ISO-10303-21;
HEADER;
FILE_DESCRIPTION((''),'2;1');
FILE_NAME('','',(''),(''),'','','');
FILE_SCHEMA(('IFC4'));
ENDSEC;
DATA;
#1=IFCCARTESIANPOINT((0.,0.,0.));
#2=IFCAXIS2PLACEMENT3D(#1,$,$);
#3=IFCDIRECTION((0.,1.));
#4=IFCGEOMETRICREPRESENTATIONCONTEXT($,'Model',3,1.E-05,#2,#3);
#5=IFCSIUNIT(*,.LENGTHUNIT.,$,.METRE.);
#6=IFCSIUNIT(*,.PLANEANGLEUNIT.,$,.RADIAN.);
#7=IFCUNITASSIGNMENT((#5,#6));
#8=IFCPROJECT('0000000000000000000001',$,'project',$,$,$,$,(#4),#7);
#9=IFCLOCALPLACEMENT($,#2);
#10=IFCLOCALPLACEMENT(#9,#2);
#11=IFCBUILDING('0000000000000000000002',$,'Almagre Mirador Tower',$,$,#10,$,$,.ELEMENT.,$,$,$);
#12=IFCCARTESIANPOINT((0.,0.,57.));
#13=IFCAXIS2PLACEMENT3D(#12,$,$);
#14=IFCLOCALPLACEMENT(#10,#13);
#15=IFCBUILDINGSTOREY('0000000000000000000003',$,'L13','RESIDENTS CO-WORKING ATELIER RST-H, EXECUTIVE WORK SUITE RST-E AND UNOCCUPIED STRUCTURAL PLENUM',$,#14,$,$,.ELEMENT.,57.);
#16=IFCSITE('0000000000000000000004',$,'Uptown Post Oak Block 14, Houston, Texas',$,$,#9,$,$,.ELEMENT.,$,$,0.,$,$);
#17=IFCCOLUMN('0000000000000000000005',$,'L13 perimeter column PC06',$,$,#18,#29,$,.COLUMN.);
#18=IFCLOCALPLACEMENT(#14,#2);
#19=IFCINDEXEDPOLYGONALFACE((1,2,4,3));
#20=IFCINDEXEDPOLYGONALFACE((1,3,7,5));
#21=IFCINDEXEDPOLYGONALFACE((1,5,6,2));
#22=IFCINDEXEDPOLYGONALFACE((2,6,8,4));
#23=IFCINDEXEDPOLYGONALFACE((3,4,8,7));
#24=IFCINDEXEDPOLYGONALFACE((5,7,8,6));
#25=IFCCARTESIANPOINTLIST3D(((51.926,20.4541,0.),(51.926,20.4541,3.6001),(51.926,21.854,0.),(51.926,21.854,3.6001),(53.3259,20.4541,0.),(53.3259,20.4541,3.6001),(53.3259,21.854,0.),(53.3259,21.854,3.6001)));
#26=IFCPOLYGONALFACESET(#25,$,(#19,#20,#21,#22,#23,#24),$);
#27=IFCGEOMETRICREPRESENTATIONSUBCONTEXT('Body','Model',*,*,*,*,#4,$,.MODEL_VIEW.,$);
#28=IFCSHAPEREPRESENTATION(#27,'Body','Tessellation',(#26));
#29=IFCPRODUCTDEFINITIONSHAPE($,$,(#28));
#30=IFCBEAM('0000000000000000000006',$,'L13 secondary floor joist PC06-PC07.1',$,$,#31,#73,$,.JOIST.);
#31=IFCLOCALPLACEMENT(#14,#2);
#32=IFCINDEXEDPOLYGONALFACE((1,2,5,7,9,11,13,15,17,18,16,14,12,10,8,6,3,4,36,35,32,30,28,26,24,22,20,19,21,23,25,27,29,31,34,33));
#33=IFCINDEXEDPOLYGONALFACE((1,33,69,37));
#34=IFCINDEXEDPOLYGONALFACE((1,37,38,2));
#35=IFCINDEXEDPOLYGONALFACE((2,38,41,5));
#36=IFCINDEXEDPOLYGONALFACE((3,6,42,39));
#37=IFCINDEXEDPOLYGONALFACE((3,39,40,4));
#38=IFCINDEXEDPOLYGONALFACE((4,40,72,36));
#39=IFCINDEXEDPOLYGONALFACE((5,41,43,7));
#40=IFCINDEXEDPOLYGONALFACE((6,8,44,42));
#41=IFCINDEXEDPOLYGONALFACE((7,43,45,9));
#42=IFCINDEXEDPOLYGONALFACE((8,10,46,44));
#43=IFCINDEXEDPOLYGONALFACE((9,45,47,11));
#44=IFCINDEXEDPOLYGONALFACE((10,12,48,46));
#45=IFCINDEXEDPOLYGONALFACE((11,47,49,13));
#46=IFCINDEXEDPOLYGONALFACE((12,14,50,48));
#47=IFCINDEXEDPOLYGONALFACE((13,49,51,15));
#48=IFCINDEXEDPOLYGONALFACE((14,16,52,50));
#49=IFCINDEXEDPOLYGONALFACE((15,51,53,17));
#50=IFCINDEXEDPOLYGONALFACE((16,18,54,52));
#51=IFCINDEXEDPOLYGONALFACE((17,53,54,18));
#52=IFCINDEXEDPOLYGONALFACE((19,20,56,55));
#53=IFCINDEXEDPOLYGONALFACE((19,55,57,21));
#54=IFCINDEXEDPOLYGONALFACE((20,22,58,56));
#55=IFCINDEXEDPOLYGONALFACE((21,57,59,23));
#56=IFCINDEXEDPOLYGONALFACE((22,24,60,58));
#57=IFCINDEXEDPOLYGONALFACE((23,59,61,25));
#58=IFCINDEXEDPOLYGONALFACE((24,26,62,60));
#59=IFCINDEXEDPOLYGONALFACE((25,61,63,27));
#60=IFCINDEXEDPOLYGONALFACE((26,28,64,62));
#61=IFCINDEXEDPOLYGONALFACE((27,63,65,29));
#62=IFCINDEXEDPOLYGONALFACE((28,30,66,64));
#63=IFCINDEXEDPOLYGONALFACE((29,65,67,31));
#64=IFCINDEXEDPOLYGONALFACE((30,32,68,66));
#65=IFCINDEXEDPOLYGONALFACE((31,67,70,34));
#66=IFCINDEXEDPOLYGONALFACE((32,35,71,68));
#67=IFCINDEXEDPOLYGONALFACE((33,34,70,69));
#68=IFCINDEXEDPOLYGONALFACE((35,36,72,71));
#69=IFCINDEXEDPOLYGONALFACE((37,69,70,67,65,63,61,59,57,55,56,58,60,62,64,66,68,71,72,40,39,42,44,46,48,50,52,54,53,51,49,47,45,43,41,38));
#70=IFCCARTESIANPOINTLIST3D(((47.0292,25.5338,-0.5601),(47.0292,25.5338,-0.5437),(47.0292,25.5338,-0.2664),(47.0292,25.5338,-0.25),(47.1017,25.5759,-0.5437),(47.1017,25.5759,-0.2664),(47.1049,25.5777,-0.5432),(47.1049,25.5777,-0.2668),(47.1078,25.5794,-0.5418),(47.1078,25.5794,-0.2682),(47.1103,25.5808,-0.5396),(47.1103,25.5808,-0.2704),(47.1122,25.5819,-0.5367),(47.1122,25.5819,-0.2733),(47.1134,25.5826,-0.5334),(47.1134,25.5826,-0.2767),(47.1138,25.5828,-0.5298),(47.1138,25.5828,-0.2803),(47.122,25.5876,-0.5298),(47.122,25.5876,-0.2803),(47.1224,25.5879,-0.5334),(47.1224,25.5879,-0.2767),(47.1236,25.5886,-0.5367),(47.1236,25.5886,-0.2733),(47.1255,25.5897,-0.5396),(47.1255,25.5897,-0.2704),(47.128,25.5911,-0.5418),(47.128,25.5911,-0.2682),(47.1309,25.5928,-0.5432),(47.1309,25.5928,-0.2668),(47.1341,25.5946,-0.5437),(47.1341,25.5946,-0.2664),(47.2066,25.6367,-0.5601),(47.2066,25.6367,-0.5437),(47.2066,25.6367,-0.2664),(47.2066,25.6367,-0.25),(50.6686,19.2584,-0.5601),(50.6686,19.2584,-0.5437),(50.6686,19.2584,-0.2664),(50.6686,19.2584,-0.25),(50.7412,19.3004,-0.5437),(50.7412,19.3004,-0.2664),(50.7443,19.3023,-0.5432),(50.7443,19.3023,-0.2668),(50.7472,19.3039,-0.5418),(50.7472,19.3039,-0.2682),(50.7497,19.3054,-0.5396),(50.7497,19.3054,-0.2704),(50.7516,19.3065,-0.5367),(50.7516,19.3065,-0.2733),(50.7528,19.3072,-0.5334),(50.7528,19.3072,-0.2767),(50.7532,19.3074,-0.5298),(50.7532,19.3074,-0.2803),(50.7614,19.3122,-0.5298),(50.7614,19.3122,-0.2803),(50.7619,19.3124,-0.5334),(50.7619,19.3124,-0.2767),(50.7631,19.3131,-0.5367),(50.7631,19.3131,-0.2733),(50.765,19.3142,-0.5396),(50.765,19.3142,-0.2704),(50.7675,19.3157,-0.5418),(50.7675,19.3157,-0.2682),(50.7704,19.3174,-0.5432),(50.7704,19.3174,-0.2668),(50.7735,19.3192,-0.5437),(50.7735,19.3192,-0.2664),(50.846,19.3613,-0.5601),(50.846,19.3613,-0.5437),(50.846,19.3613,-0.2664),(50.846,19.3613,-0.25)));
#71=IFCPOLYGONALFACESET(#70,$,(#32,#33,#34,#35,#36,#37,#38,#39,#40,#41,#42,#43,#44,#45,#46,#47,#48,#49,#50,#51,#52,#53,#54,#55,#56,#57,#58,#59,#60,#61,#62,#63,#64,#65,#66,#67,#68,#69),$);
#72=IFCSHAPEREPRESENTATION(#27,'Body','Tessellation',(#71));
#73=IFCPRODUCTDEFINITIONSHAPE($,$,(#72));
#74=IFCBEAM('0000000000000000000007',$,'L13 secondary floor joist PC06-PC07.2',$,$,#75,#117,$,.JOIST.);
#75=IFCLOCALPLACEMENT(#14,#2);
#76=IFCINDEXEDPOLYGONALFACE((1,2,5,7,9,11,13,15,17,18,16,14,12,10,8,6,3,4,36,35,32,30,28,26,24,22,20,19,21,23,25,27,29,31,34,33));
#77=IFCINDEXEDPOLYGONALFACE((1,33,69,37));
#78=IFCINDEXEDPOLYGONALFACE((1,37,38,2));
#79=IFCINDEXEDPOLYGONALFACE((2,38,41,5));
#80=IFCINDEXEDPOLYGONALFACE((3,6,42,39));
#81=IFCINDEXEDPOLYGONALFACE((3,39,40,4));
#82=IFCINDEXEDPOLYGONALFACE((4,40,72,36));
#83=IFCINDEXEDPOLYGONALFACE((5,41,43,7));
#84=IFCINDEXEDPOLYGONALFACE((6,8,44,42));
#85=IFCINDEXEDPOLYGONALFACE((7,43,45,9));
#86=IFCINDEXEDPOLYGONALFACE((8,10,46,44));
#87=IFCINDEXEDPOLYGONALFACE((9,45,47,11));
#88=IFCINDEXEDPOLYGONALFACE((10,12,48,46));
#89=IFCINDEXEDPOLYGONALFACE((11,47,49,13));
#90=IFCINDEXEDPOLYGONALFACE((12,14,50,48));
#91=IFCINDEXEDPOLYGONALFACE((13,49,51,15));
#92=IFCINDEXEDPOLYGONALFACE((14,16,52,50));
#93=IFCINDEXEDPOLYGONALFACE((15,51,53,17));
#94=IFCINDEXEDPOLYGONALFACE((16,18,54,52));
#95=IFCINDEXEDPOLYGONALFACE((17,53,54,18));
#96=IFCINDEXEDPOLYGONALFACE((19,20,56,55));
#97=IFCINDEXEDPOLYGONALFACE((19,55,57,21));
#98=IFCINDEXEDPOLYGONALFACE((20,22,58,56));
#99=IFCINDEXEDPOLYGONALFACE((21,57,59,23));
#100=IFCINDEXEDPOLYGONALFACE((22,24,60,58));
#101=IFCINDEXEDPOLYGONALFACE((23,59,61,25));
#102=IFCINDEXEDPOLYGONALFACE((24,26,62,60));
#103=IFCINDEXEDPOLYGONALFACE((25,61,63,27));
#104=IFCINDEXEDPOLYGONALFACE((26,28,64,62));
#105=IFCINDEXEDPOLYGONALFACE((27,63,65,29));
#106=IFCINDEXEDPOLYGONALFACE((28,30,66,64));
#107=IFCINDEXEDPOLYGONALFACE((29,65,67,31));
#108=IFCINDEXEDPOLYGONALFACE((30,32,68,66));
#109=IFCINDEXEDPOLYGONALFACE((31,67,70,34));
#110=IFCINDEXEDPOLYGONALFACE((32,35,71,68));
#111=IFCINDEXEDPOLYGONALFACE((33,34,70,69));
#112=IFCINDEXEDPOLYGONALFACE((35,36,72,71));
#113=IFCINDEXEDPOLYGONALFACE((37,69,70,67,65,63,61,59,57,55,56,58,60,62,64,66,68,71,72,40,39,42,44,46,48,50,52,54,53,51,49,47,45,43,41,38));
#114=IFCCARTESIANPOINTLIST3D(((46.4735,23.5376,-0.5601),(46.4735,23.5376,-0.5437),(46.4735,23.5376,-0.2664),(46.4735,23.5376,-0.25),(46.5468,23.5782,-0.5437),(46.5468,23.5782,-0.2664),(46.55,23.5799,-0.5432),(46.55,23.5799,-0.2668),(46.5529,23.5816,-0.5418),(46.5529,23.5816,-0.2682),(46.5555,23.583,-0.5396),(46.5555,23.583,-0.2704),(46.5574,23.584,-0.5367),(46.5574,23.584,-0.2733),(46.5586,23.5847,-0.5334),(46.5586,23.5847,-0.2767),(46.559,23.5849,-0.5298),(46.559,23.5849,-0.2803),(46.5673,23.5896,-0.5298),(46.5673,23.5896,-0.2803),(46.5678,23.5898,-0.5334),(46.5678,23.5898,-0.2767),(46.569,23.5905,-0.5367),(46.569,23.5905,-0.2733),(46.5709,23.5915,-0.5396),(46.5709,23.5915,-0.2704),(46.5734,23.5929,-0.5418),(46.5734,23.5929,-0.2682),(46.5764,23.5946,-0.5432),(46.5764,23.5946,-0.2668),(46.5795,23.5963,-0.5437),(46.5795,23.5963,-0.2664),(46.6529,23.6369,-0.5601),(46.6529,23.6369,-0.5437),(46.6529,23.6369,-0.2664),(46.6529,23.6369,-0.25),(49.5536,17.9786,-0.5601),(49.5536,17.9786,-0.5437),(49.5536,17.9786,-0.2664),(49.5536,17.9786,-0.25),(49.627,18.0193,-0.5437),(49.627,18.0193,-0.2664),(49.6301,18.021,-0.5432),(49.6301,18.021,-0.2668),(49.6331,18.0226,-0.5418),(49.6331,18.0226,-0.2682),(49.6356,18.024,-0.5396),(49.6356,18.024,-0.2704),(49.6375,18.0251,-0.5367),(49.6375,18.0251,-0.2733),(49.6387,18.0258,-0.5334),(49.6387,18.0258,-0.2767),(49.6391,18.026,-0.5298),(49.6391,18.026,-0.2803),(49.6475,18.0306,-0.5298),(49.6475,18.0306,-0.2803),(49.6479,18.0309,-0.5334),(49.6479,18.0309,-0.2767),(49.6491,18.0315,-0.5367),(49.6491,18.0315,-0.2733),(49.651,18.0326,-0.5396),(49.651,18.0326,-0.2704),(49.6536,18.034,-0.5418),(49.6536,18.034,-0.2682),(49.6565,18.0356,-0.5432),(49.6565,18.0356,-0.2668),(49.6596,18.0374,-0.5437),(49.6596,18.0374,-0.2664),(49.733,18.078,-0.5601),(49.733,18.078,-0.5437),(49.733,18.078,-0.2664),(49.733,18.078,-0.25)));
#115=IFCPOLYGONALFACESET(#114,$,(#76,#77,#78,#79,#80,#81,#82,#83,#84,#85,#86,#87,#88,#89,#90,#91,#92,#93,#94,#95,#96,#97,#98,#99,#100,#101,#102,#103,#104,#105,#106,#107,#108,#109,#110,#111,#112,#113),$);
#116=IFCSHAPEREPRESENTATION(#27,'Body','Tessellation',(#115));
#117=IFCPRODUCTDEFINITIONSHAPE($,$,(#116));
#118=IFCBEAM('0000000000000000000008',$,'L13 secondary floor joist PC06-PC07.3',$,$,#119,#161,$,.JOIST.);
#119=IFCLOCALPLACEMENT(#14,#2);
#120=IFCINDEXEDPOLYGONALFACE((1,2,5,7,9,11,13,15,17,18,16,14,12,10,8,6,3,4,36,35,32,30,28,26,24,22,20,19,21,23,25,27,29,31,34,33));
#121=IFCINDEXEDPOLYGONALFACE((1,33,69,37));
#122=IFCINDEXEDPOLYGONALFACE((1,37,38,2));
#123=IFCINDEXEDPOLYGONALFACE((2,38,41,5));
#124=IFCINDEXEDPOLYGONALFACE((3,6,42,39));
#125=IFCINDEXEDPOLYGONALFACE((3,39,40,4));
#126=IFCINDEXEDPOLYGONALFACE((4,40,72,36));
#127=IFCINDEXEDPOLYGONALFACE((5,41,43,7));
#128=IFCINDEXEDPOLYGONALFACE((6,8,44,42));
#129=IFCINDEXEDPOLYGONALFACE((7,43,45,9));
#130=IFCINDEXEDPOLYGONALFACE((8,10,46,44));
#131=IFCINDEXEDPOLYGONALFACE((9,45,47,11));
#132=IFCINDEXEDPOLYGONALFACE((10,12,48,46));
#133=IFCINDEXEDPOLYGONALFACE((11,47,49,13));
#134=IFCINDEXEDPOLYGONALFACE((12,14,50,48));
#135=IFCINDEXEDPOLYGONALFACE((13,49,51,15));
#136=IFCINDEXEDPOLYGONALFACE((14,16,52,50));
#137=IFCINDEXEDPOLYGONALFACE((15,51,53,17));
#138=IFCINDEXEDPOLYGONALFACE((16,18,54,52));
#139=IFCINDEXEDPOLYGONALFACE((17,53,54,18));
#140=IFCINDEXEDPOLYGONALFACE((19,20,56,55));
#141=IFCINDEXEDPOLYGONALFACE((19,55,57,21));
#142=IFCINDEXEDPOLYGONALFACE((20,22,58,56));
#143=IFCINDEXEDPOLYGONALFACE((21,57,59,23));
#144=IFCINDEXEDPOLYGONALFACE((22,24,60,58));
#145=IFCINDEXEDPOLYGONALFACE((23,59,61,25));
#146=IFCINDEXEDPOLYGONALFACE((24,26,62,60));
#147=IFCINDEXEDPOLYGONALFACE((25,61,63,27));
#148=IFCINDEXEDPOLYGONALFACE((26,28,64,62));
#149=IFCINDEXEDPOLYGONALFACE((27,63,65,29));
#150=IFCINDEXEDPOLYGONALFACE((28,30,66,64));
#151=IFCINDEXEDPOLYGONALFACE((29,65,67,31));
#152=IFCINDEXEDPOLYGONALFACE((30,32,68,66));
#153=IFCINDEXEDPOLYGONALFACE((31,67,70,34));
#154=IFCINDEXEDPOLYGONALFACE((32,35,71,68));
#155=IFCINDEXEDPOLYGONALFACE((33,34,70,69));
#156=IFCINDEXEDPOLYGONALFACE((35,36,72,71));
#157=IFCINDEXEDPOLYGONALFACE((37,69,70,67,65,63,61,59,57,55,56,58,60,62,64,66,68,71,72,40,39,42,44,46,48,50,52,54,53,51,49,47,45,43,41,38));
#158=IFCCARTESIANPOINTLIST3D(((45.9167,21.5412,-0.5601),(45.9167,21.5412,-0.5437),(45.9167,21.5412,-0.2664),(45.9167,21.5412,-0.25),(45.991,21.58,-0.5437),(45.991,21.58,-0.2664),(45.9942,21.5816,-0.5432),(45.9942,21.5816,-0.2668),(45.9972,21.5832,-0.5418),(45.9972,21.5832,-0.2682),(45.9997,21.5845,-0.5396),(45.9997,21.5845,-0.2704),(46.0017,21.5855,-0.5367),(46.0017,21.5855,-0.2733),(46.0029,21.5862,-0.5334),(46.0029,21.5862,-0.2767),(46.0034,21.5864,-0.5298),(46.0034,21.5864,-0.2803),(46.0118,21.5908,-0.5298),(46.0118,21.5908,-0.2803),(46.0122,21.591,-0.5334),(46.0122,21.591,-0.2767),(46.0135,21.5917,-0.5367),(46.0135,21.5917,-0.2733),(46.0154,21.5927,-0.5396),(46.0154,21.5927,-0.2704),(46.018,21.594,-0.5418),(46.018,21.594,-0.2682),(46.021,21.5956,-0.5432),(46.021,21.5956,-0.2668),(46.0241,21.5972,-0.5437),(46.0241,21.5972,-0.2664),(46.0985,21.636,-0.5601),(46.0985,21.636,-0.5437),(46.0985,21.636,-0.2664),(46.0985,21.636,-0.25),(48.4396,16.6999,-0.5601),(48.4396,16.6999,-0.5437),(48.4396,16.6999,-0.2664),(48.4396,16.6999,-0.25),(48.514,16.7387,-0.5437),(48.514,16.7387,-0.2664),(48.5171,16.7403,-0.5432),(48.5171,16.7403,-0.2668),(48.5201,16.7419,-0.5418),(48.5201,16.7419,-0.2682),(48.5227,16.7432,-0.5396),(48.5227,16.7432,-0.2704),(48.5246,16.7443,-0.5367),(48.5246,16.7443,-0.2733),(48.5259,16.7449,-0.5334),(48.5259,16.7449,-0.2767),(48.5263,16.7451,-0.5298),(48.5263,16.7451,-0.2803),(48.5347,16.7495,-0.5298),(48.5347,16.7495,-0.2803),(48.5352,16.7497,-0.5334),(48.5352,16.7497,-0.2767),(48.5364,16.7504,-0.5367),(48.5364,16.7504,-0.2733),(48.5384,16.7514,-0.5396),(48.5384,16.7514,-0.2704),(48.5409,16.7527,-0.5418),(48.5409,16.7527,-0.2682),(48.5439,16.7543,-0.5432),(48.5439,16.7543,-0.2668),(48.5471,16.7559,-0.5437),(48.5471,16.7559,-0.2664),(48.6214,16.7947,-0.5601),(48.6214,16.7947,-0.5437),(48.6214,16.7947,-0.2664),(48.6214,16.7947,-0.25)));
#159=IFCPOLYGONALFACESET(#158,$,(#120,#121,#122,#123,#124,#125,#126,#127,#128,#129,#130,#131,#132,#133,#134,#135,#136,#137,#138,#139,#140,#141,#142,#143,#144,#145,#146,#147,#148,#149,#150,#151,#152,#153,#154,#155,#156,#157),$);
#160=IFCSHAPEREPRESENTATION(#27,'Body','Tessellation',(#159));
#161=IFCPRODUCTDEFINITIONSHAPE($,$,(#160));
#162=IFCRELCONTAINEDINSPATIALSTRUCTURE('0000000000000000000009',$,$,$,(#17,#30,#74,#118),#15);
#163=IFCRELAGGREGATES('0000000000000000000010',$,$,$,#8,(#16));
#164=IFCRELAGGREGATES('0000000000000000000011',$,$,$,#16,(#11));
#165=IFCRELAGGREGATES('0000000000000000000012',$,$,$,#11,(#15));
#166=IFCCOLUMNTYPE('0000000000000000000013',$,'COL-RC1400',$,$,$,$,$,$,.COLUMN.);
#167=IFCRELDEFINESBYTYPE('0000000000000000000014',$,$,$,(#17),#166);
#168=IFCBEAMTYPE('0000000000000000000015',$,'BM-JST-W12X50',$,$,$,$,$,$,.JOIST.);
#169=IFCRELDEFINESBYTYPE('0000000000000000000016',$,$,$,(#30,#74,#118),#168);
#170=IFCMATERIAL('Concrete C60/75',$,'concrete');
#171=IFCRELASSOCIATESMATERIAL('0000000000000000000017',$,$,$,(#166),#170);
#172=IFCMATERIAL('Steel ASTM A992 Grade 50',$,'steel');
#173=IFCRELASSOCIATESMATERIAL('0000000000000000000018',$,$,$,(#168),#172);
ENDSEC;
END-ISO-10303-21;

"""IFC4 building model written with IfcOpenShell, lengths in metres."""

from ifc_helpers import new_model, si_unit, direction, frame, origin, origin_2d, place, context, subcontext, project, spatial, rectangle, i_section, extrude, material, material_profile, profile_set, type_object, element, save


model = new_model("IFC4")

# Units and contexts
model_context = context("Model", 3, precision=1e-05, world=origin(), true_north=direction((0.0, 1.0)))
body_context = subcontext(model_context, "Body", "Model", "MODEL_VIEW")
ifc_project = project(units=[si_unit("LENGTHUNIT", "METRE"), si_unit("PLANEANGLEUNIT", "RADIAN")], contexts=[model_context])

# Site, building, storey
site_placement = place(None, origin())
site = spatial("IfcSite", under=ifc_project, at=site_placement, Name="Uptown Post Oak Block 14, Houston, Texas", CompositionType="ELEMENT", RefElevation=0.0)
building_placement = place(site_placement, origin())
building = spatial("IfcBuilding", under=site, at=building_placement, Name="Almagre Mirador Tower", CompositionType="ELEMENT")
storey_placement = place(building_placement, frame((0.0, 0.0, 57.0)))
storey = spatial("IfcBuildingStorey", under=building, at=storey_placement, Name="L13", Description="RESIDENTS CO-WORKING ATELIER RST-H, EXECUTIVE WORK SUITE RST-E AND UNOCCUPIED STRUCTURAL PLENUM", CompositionType="ELEMENT", Elevation=57.0)

# Column
ifc_material_1 = material(Name="Concrete C60/75", Category="concrete")
ifc_material_profile_1 = material_profile(ifc_material_1, rectangle(XDim=1.3999, YDim=1.3999, at=origin_2d()), Name="RC1400X1400")
ifc_profile_set_1 = profile_set([ifc_material_profile_1], Name="Concrete C60/75")
column_type = type_object("IfcColumnType", Name="COL-RC1400", PredefinedType="COLUMN", material=ifc_profile_set_1)
column_placement = place(storey_placement, frame((52.626, 21.1541, 0.0), z_axis=(0.0, 0.0, 1.0), x_axis=(1.0, 0.0, 0.0)))
element("IfcColumn", 1, at=column_placement, inside=storey, type_object=column_type, Name="L13 perimeter column PC06", PredefinedType="COLUMN", context=body_context, shape_type="SweptSolid", body=[
    extrude(rectangle(XDim=1.3999, YDim=1.3999, at=origin_2d()), origin(), (0.0, 0.0, 1.0), 3.6001),
])

# Beams
ifc_material_2 = material(Name="Steel ASTM A992 Grade 50", Category="steel")
ifc_material_profile_2 = material_profile(ifc_material_2, i_section(OverallWidth=0.2051, OverallDepth=0.3101, WebThickness=0.0095, FlangeThickness=0.0164, FilletRadius=0.0139, at=origin_2d()), Name="W12X50")
ifc_profile_set_2 = profile_set([ifc_material_profile_2], Name="Steel ASTM A992 Grade 50")
beam_type_1 = type_object("IfcBeamType", Name="BM-JST-W12X50", PredefinedType="JOIST", material=ifc_profile_set_2)
beam_1_placement = place(storey_placement, frame((50.7573, 19.3098, -0.405), z_axis=(-0.501685, 0.86505, 0.0), x_axis=(-0.86505, -0.501685, 0.0)))
element("IfcBeam", 2, at=beam_1_placement, inside=storey, type_object=beam_type_1, Name="L13 secondary floor joist PC06-PC07.1", PredefinedType="JOIST", context=body_context, shape_type="SweptSolid", body=[
    extrude(i_section(OverallWidth=0.2051, OverallDepth=0.3101, WebThickness=0.0095, FlangeThickness=0.0164, FilletRadius=0.0139, at=origin_2d()), origin(), (0.0, 0.0, 1.0), 7.2544),
])
beam_2_placement = place(storey_placement, frame((49.6433, 18.0283, -0.405), z_axis=(-0.484661, 0.874702, 0.0), x_axis=(-0.874702, -0.484661, 0.0)))
element("IfcBeam", 3, at=beam_2_placement, inside=storey, type_object=beam_type_1, Name="L13 secondary floor joist PC06-PC07.2", PredefinedType="JOIST", context=body_context, shape_type="SweptSolid", body=[
    extrude(i_section(OverallWidth=0.2051, OverallDepth=0.3101, WebThickness=0.0095, FlangeThickness=0.0164, FilletRadius=0.0139, at=origin_2d()), origin(), (0.0, 0.0, 1.0), 6.3552),
])
beam_3_placement = place(storey_placement, frame((48.5305, 16.7473, -0.405), z_axis=(-0.462141, 0.886806, 0.0), x_axis=(-0.886806, -0.462141, 0.0)))
element("IfcBeam", 4, at=beam_3_placement, inside=storey, type_object=beam_type_1, Name="L13 secondary floor joist PC06-PC07.3", PredefinedType="JOIST", context=body_context, shape_type="SweptSolid", body=[
    extrude(i_section(OverallWidth=0.2051, OverallDepth=0.3101, WebThickness=0.0095, FlangeThickness=0.0164, FilletRadius=0.0139, at=origin_2d()), origin(), (0.0, 0.0, 1.0), 5.4592),
])

save(model, "model.ifc")
